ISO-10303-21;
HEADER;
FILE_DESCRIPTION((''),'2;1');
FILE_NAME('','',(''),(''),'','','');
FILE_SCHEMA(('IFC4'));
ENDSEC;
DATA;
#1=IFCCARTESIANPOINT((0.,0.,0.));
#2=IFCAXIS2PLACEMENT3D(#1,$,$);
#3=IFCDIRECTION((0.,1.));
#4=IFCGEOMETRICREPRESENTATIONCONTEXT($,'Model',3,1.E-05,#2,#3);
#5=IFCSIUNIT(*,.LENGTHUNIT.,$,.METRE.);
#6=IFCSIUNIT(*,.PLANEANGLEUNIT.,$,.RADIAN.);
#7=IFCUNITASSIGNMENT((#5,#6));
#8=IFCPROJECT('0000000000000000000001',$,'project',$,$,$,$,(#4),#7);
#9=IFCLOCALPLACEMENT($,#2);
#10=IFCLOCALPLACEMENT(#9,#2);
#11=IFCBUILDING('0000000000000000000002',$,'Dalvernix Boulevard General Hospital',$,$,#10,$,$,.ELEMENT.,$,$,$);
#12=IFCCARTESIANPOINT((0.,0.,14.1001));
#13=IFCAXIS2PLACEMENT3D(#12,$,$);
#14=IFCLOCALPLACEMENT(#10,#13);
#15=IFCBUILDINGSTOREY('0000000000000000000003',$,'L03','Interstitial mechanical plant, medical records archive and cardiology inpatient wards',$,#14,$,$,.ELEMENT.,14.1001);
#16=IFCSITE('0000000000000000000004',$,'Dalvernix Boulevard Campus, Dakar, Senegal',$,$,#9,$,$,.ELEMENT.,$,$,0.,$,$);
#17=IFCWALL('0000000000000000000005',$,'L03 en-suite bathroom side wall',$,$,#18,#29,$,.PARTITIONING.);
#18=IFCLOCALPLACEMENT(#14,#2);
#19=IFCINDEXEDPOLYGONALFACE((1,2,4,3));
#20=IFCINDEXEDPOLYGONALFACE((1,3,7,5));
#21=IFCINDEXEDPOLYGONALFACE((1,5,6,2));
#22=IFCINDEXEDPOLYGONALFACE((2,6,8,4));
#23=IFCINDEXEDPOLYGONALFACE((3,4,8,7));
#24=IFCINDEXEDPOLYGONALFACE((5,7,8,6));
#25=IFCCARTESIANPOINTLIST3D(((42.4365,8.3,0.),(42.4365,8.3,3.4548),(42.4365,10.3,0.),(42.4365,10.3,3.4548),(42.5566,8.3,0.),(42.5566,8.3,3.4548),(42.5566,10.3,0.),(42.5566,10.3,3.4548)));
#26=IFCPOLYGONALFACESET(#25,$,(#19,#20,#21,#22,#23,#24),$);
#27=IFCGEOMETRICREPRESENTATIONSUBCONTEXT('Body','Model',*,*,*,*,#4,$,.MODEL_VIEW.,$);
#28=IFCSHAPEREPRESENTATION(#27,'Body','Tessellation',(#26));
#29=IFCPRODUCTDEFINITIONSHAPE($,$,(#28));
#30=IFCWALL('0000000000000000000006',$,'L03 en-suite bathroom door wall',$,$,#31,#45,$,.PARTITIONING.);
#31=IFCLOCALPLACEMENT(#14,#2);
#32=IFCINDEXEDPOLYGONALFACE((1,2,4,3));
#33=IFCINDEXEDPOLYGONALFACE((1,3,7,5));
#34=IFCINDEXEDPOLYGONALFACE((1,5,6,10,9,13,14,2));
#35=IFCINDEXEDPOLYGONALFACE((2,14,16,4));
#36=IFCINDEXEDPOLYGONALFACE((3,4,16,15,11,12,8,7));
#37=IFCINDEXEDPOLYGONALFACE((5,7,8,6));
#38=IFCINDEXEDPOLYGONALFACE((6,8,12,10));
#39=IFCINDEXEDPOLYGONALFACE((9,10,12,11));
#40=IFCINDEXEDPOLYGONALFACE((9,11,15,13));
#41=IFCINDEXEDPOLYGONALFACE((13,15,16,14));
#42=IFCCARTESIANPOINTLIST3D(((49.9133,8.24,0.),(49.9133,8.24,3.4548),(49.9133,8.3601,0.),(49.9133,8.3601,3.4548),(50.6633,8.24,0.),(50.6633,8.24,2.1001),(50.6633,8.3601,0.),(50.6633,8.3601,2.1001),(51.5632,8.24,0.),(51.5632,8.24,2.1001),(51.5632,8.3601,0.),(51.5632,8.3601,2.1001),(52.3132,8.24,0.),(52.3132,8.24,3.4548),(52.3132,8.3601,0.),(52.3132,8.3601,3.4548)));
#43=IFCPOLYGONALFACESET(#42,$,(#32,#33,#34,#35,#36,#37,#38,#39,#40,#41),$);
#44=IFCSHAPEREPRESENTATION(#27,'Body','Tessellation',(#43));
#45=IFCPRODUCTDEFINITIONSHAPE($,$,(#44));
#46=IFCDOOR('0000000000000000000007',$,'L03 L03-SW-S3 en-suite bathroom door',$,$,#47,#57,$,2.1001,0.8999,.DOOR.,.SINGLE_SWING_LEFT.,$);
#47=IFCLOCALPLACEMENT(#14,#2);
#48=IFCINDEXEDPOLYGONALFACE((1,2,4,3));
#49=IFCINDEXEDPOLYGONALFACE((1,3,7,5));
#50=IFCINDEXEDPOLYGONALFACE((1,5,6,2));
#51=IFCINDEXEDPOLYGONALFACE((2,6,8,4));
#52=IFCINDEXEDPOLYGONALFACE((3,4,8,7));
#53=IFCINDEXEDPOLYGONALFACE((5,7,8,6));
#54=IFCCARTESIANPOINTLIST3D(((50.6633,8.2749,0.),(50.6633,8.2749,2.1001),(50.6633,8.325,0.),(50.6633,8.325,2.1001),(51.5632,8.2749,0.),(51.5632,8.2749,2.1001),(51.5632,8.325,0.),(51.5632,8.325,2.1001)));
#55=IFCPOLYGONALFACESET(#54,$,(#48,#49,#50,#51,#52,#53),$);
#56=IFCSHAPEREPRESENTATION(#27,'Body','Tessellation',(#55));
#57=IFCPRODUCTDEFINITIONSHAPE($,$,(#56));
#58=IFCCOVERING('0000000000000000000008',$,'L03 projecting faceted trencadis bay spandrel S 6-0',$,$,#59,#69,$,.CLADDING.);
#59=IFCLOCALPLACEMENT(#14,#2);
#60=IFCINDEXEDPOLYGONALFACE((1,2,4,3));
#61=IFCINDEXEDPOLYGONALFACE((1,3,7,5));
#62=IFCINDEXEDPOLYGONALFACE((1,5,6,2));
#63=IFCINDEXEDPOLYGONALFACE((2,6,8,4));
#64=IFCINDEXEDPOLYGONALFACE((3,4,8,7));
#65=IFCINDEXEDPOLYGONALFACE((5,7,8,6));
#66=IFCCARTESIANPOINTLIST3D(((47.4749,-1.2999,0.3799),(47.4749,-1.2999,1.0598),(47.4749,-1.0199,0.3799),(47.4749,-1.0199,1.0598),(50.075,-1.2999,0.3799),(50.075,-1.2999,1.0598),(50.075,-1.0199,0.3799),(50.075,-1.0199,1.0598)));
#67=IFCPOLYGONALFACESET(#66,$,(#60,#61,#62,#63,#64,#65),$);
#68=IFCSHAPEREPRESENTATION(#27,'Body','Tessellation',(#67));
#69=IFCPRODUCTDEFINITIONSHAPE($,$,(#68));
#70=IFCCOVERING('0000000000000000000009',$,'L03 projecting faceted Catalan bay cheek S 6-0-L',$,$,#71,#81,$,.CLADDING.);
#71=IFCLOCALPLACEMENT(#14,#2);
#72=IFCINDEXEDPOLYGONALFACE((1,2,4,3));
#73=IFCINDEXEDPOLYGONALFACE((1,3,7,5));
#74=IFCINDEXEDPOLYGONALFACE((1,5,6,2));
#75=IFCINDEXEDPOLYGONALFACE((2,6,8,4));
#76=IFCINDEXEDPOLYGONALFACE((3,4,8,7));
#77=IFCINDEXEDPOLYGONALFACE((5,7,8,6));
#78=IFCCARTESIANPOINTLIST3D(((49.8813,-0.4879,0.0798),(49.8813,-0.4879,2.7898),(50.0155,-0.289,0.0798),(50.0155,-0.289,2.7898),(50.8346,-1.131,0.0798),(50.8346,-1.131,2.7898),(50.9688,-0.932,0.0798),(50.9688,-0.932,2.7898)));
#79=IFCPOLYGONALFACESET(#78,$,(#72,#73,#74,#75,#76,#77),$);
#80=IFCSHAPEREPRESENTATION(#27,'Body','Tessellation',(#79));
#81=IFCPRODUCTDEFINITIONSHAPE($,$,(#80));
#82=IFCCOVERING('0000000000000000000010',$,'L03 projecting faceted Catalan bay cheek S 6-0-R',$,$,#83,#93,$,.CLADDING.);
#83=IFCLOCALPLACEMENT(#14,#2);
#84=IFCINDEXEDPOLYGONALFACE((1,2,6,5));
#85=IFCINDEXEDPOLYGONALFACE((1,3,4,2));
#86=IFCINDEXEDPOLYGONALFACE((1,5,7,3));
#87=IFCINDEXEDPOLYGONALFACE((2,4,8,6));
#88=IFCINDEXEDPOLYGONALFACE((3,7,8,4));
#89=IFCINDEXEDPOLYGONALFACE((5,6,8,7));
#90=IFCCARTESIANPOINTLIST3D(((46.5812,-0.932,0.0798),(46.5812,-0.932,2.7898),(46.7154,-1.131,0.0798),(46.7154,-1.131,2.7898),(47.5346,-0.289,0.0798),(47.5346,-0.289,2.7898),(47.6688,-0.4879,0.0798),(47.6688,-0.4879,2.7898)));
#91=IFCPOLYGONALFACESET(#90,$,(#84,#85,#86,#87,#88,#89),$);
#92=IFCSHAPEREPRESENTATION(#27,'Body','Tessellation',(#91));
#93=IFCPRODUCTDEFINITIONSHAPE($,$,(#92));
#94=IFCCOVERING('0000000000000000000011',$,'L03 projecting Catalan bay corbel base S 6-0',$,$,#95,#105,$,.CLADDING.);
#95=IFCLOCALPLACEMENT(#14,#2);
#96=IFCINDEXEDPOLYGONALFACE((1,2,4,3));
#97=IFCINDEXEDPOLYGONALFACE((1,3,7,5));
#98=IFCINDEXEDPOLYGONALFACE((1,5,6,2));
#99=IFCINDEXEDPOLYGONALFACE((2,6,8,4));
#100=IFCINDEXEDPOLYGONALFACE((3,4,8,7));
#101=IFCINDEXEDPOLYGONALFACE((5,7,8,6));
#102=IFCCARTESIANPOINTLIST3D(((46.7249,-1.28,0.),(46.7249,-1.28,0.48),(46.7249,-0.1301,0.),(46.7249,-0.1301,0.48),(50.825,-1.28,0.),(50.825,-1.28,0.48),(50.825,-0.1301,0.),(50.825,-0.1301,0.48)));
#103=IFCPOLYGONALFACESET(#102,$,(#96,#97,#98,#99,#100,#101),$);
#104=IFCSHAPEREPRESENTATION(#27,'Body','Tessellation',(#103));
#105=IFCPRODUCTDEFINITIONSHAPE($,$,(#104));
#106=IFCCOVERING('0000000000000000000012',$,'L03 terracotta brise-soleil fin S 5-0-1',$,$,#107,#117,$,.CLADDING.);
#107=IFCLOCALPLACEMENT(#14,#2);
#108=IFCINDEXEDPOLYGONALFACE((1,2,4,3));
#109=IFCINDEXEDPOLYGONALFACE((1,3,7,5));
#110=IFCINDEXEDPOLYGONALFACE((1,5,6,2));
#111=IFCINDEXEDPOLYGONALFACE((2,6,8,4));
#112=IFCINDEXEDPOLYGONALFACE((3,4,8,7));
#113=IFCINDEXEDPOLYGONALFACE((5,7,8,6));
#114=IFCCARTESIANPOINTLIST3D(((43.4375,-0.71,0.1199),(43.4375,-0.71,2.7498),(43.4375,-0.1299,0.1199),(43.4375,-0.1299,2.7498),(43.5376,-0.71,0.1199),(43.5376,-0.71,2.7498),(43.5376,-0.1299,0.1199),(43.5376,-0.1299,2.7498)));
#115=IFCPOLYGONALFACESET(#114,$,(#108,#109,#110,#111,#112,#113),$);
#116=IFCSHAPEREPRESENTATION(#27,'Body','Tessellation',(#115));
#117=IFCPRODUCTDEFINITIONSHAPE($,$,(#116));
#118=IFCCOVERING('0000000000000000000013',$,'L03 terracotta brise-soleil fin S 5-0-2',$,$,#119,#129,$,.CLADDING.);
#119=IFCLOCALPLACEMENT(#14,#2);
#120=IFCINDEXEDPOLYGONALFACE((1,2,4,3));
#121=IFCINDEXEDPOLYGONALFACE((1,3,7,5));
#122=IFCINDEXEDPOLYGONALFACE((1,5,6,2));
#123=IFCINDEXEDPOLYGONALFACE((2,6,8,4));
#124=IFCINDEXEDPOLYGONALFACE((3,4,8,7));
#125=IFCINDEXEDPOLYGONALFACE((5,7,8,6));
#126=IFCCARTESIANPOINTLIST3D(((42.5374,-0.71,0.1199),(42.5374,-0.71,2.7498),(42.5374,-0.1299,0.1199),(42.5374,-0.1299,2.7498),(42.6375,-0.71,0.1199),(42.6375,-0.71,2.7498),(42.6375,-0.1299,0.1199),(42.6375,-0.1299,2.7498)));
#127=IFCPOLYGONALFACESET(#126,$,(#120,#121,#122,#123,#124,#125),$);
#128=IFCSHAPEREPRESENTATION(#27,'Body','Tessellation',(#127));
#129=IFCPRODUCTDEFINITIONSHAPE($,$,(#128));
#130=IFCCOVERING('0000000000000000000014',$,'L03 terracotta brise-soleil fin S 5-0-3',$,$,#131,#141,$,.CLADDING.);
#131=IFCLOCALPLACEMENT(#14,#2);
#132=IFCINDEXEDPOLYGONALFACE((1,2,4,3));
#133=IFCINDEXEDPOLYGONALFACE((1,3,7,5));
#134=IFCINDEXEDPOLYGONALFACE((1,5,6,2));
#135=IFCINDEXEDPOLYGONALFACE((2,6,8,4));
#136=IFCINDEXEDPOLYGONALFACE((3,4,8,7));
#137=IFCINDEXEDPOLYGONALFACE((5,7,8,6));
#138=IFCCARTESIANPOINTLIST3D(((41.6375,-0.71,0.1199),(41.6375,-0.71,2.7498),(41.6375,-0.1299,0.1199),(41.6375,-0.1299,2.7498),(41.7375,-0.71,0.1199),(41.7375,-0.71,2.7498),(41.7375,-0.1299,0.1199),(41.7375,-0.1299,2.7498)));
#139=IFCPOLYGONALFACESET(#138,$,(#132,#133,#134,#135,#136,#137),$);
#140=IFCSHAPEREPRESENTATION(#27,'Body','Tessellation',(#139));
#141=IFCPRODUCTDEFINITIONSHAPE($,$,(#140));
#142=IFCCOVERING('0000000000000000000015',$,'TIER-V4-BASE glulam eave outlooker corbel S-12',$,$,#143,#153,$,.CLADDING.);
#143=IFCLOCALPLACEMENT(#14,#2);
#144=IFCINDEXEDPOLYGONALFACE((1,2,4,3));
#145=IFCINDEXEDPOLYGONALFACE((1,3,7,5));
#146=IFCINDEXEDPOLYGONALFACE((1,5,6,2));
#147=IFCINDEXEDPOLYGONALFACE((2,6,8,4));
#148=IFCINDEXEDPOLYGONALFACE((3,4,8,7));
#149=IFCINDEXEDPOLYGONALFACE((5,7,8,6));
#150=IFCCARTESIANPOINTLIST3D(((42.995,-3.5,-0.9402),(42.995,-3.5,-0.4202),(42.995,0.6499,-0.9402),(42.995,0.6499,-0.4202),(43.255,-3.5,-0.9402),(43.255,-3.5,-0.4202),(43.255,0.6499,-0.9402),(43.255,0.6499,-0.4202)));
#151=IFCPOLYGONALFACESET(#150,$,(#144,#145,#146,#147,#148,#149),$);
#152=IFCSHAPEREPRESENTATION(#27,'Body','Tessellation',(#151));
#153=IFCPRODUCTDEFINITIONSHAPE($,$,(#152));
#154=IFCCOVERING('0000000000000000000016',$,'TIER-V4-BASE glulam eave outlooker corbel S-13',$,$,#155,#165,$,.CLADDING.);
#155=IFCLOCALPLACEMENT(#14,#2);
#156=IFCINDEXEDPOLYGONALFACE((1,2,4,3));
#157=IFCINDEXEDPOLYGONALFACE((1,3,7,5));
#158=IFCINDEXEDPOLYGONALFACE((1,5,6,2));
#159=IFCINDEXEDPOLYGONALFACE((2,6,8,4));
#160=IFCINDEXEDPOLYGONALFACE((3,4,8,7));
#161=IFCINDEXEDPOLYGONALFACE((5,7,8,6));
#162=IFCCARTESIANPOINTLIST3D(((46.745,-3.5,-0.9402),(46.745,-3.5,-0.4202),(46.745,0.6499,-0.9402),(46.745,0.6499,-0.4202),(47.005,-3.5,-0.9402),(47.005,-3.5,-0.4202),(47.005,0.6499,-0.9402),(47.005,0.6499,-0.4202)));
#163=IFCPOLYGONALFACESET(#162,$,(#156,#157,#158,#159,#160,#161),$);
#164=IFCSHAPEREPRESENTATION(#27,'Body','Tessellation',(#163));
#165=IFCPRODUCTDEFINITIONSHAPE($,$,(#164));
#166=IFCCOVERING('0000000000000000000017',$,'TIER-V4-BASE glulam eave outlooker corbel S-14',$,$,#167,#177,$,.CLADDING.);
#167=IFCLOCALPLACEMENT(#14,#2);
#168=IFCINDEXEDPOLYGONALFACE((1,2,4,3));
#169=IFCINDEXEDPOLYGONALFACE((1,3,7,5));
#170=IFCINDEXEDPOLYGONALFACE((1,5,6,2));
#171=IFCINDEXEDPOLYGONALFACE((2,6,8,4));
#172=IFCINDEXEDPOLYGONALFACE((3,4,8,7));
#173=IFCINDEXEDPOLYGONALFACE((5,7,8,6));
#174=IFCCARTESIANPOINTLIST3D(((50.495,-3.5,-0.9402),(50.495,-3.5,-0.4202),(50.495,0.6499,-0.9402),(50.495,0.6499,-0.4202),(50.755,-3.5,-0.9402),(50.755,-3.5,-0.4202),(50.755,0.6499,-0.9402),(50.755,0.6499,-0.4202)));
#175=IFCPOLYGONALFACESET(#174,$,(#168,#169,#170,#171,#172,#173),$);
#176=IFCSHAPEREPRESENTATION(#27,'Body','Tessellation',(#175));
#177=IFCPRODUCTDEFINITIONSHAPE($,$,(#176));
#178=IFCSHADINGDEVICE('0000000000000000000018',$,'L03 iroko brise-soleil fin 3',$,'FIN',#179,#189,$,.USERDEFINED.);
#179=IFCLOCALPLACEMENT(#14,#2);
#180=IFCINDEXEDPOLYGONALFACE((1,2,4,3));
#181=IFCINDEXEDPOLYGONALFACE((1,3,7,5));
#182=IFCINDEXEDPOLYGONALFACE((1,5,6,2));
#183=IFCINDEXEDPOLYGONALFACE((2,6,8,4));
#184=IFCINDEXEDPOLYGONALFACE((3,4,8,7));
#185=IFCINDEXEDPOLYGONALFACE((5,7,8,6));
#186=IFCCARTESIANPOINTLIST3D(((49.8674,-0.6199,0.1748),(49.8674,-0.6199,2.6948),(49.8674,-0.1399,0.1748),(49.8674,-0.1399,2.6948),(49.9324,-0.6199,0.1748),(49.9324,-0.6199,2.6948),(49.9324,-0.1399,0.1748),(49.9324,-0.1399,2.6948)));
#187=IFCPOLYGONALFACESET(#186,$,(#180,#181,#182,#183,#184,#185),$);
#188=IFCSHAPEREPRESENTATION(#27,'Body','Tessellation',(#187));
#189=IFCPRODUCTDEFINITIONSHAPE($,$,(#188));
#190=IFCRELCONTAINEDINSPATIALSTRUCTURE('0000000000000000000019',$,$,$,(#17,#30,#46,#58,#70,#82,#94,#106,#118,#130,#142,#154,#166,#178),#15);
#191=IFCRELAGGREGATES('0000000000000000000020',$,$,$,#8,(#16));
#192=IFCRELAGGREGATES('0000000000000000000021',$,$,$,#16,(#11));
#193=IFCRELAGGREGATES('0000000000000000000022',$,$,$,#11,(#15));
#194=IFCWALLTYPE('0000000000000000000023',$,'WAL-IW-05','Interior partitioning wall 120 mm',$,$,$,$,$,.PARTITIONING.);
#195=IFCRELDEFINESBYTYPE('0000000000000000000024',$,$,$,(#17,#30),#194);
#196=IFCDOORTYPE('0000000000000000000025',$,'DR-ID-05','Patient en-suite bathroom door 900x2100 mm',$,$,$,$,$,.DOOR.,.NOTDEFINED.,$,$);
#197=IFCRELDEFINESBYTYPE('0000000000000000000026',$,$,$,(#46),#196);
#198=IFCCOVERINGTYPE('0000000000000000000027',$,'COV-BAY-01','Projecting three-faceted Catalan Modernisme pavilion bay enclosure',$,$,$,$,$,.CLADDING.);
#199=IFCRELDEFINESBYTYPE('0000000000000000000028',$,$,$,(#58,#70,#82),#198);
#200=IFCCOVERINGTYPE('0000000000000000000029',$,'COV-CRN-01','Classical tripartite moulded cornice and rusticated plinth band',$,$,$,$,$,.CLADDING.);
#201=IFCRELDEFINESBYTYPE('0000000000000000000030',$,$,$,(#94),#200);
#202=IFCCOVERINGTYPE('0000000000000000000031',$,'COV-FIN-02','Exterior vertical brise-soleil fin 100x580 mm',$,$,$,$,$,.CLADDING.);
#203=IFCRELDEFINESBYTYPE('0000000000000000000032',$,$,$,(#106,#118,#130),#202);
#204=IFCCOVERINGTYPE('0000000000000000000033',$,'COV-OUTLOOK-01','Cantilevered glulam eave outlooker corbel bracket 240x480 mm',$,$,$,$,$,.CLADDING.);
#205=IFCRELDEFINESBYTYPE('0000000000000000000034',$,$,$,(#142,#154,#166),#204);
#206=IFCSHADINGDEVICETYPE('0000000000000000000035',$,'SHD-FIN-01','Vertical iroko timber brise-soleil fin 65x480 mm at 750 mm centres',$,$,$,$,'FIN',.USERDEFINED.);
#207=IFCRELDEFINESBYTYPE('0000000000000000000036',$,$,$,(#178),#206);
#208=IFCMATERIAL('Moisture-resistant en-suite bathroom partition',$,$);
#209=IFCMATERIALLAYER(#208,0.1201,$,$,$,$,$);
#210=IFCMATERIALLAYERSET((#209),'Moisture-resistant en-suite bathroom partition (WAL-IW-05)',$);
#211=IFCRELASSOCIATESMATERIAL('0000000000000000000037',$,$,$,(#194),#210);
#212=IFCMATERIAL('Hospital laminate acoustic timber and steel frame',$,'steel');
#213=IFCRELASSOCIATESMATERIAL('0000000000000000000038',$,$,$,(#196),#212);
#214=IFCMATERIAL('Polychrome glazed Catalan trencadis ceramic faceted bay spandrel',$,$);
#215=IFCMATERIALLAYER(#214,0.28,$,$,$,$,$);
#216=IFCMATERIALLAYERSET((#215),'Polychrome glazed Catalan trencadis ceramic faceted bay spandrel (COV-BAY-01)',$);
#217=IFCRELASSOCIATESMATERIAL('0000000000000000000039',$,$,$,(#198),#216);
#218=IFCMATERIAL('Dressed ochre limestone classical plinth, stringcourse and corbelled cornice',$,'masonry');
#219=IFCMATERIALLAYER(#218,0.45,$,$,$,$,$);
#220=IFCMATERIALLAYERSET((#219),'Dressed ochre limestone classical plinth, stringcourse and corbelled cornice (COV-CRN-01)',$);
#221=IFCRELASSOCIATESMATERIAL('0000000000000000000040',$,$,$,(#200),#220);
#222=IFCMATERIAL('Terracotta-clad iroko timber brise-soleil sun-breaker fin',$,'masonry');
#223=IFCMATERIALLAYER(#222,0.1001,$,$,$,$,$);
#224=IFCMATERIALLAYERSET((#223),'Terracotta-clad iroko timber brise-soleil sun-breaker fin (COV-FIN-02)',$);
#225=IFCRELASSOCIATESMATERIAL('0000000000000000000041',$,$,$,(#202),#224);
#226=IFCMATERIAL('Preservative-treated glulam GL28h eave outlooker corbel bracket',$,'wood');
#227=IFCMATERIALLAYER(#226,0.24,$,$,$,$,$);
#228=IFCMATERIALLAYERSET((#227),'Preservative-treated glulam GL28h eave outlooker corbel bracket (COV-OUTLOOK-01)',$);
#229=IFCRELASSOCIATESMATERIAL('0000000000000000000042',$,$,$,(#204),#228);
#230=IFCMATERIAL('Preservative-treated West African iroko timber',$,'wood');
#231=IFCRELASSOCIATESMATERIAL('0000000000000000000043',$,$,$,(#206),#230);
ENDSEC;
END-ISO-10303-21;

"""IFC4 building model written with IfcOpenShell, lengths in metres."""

from ifc_helpers import new_model, si_unit, direction, frame, frame_2d, origin, origin_2d, place, context, subcontext, project, spatial, rectangle, extrude, material, layer, layer_set, type_object, element, fill, save


model = new_model("IFC4")

# Units and contexts
model_context = context("Model", 3, precision=1e-05, world=origin(), true_north=direction((0.0, 1.0)))
body_context = subcontext(model_context, "Body", "Model", "MODEL_VIEW")
ifc_project = project(units=[si_unit("LENGTHUNIT", "METRE"), si_unit("PLANEANGLEUNIT", "RADIAN")], contexts=[model_context])

# Site, building, storey
site_placement = place(None, origin())
site = spatial("IfcSite", under=ifc_project, at=site_placement, Name="Dalvernix Boulevard Campus, Dakar, Senegal", CompositionType="ELEMENT", RefElevation=0.0)
building_placement = place(site_placement, origin())
building = spatial("IfcBuilding", under=site, at=building_placement, Name="Dalvernix Boulevard General Hospital", CompositionType="ELEMENT")
storey_placement = place(building_placement, frame((0.0, 0.0, 14.1001)))
storey = spatial("IfcBuildingStorey", under=building, at=storey_placement, Name="L03", Description="Interstitial mechanical plant, medical records archive and cardiology inpatient wards", CompositionType="ELEMENT", Elevation=14.1001)

# Shared definitions
ifc_material_1 = material(Name="Hospital laminate acoustic timber and steel frame", Category="steel")

# Wall
ifc_material_2 = material(Name="Moisture-resistant en-suite bathroom partition")
ifc_layer_1 = layer(ifc_material_2, 0.1201)
ifc_layer_set_1 = layer_set([ifc_layer_1], Name="Moisture-resistant en-suite bathroom partition (WAL-IW-05)")
wall_type_1 = type_object("IfcWallType", Name="WAL-IW-05", Description="Interior partitioning wall 120 mm", PredefinedType="PARTITIONING", material=ifc_layer_set_1)
wall_1_placement = place(storey_placement, frame((42.4966, 8.3, 0.0), z_axis=(0.0, 0.0, 1.0), x_axis=(0.0, 1.0, 0.0)))
element("IfcWall", 1, at=wall_1_placement, inside=storey, type_object=wall_type_1, Name="L03 en-suite bathroom side wall", PredefinedType="PARTITIONING", context=body_context, shape_type="SweptSolid", body=[
    extrude(rectangle(XDim=2.0, YDim=0.1201, at=frame_2d((1.0, 0.0))), origin(), (0.0, 0.0, 1.0), 3.4548),
])

# Wall, opening, door
wall_2_placement = place(storey_placement, frame((49.9133, 8.3, 0.0), z_axis=(0.0, 0.0, 1.0), x_axis=(1.0, 0.0, 0.0)))
wall_2 = element("IfcWall", 2, at=wall_2_placement, inside=storey, type_object=wall_type_1, Name="L03 en-suite bathroom door wall", PredefinedType="PARTITIONING", context=body_context, shape_type="SweptSolid", body=[
    extrude(rectangle(XDim=2.3999, YDim=0.1201, at=frame_2d((1.2, 0.0))), origin(), (0.0, 0.0, 1.0), 3.4548),
])
opening_1_placement = place(wall_2_placement, frame((0.75, 0.0, 0.0)))
opening_1 = element("IfcOpeningElement", 3, at=opening_1_placement, cuts=wall_2, PredefinedType="OPENING", context=body_context, shape_type="SweptSolid", body=[
    extrude(rectangle(XDim=0.8999, YDim=2.1001, at=frame_2d((0.45, 1.05))), frame((0.0, 0.0701, 0.0), z_axis=(0.0, -1.0, 0.0), x_axis=(1.0, 0.0, 0.0)), (0.0, 0.0, 1.0), 0.1401),
])
door_type_1 = type_object("IfcDoorType", Name="DR-ID-05", Description="Patient en-suite bathroom door 900x2100 mm", OperationType="NOTDEFINED", PredefinedType="DOOR", material=ifc_material_1)
door_1_placement = place(opening_1_placement, origin())
door_1 = element("IfcDoor", 4, at=door_1_placement, inside=storey, type_object=door_type_1, Name="L03 L03-SW-S3 en-suite bathroom door", OperationType="SINGLE_SWING_LEFT", OverallHeight=2.1001, OverallWidth=0.8999, PredefinedType="DOOR", context=body_context, shape_type="SweptSolid", body=[
    extrude(rectangle(XDim=0.8999, YDim=2.1001, at=frame_2d((0.45, 1.05))), frame((0.0, 0.0249, 0.0), z_axis=(0.0, -1.0, 0.0), x_axis=(1.0, 0.0, 0.0)), (0.0, 0.0, 1.0), 0.05),
])
fill(opening_1, door_1)

# Coverings
ifc_material_3 = material(Name="Polychrome glazed Catalan trencadis ceramic faceted bay spandrel")
ifc_layer_2 = layer(ifc_material_3, 0.28)
ifc_layer_set_2 = layer_set([ifc_layer_2], Name="Polychrome glazed Catalan trencadis ceramic faceted bay spandrel (COV-BAY-01)")
covering_type_1 = type_object("IfcCoveringType", Name="COV-BAY-01", Description="Projecting three-faceted Catalan Modernisme pavilion bay enclosure", PredefinedType="CLADDING", material=ifc_layer_set_2)
covering_1_placement = place(storey_placement, frame((48.7749, -1.1599, 0.3799), z_axis=(0.0, 0.0, 1.0), x_axis=(-1.0, 0.0, 0.0)))
element("IfcCovering", 5, at=covering_1_placement, inside=storey, type_object=covering_type_1, Name="L03 projecting faceted trencadis bay spandrel S 6-0", PredefinedType="CLADDING", context=body_context, shape_type="SweptSolid", body=[
    extrude(rectangle(XDim=2.6001, YDim=0.28, at=origin_2d()), origin(), (0.0, 0.0, 1.0), 0.6799),
])
for number, where, z_axis, x_axis, name in (
    (6, (50.425, -0.71, 0.0798), (0.0, 0.0, 1.0), (-0.829038, 0.559193, 0.0), "L03 projecting faceted Catalan bay cheek S 6-0-L"),
    (7, (47.125, -0.71, 0.0798), (0.0, 0.0, 1.0), (-0.829038, -0.559193, 0.0), "L03 projecting faceted Catalan bay cheek S 6-0-R"),
):
    element("IfcCovering", number, at=place(storey_placement, frame(where, z_axis=z_axis, x_axis=x_axis)), inside=storey, type_object=covering_type_1, Name=name, PredefinedType="CLADDING", context=body_context, shape_type="SweptSolid", body=[
        extrude(rectangle(XDim=1.1499, YDim=0.24, at=origin_2d()), origin(), (0.0, 0.0, 1.0), 2.71),
    ])
ifc_material_4 = material(Name="Dressed ochre limestone classical plinth, stringcourse and corbelled cornice", Category="masonry")
ifc_layer_3 = layer(ifc_material_4, 0.45)
ifc_layer_set_3 = layer_set([ifc_layer_3], Name="Dressed ochre limestone classical plinth, stringcourse and corbelled cornice (COV-CRN-01)")
covering_type_2 = type_object("IfcCoveringType", Name="COV-CRN-01", Description="Classical tripartite moulded cornice and rusticated plinth band", PredefinedType="CLADDING", material=ifc_layer_set_3)
covering_2_placement = place(storey_placement, frame((48.7749, -0.7051, 0.0), z_axis=(0.0, 0.0, 1.0), x_axis=(-1.0, 0.0, 0.0)))
element("IfcCovering", 8, at=covering_2_placement, inside=storey, type_object=covering_type_2, Name="L03 projecting Catalan bay corbel base S 6-0", PredefinedType="CLADDING", context=body_context, shape_type="SweptSolid", body=[
    extrude(rectangle(XDim=4.1001, YDim=1.1499, at=origin_2d()), origin(), (0.0, 0.0, 1.0), 0.48),
])
ifc_material_5 = material(Name="Terracotta-clad iroko timber brise-soleil sun-breaker fin", Category="masonry")
ifc_layer_4 = layer(ifc_material_5, 0.1001)
ifc_layer_set_4 = layer_set([ifc_layer_4], Name="Terracotta-clad iroko timber brise-soleil sun-breaker fin (COV-FIN-02)")
covering_type_3 = type_object("IfcCoveringType", Name="COV-FIN-02", Description="Exterior vertical brise-soleil fin 100x580 mm", PredefinedType="CLADDING", material=ifc_layer_set_4)
for number, where, z_axis, x_axis, name in (
    (9, (43.4875, -0.4199, 0.1199), (0.0, 0.0, 1.0), (-1.0, 0.0, 0.0), "L03 terracotta brise-soleil fin S 5-0-1"),
    (10, (42.5874, -0.4199, 0.1199), (0.0, 0.0, 1.0), (-1.0, 0.0, 0.0), "L03 terracotta brise-soleil fin S 5-0-2"),
    (11, (41.6875, -0.4199, 0.1199), (0.0, 0.0, 1.0), (-1.0, 0.0, 0.0), "L03 terracotta brise-soleil fin S 5-0-3"),
):
    element("IfcCovering", number, at=place(storey_placement, frame(where, z_axis=z_axis, x_axis=x_axis)), inside=storey, type_object=covering_type_3, Name=name, PredefinedType="CLADDING", context=body_context, shape_type="SweptSolid", body=[
        extrude(rectangle(XDim=0.1001, YDim=0.5801, at=origin_2d()), origin(), (0.0, 0.0, 1.0), 2.6299),
    ])
ifc_material_6 = material(Name="Preservative-treated glulam GL28h eave outlooker corbel bracket", Category="wood")
ifc_layer_5 = layer(ifc_material_6, 0.24)
ifc_layer_set_5 = layer_set([ifc_layer_5], Name="Preservative-treated glulam GL28h eave outlooker corbel bracket (COV-OUTLOOK-01)")
covering_type_4 = type_object("IfcCoveringType", Name="COV-OUTLOOK-01", Description="Cantilevered glulam eave outlooker corbel bracket 240x480 mm", PredefinedType="CLADDING", material=ifc_layer_set_5)
for number, where, z_axis, x_axis, name in (
    (12, (43.125, -1.425, -0.9402), (0.0, 0.0, 1.0), (1.0, 0.0, 0.0), "TIER-V4-BASE glulam eave outlooker corbel S-12"),
    (13, (46.875, -1.425, -0.9402), (0.0, 0.0, 1.0), (1.0, 0.0, 0.0), "TIER-V4-BASE glulam eave outlooker corbel S-13"),
    (14, (50.625, -1.425, -0.9402), (0.0, 0.0, 1.0), (1.0, 0.0, 0.0), "TIER-V4-BASE glulam eave outlooker corbel S-14"),
):
    element("IfcCovering", number, at=place(storey_placement, frame(where, z_axis=z_axis, x_axis=x_axis)), inside=storey, type_object=covering_type_4, Name=name, PredefinedType="CLADDING", context=body_context, shape_type="SweptSolid", body=[
        extrude(rectangle(XDim=0.26, YDim=4.1499, at=origin_2d()), origin(), (0.0, 0.0, 1.0), 0.52),
    ])

# Shading device
ifc_material_7 = material(Name="Preservative-treated West African iroko timber", Category="wood")
shading_device_type = type_object("IfcShadingDeviceType", Name="SHD-FIN-01", Description="Vertical iroko timber brise-soleil fin 65x480 mm at 750 mm centres", ElementType="FIN", PredefinedType="USERDEFINED", material=ifc_material_7)
for number, where, z_axis, x_axis, name in (
    (15, (49.8999, -0.3799, 0.1748), (0.0, 0.0, 1.0), (-1.0, 0.0, 0.0), "L03 iroko brise-soleil fin 3"),
):
    element("IfcShadingDevice", number, at=place(storey_placement, frame(where, z_axis=z_axis, x_axis=x_axis)), inside=storey, type_object=shading_device_type, Name=name, ObjectType="FIN", PredefinedType="USERDEFINED", context=body_context, shape_type="SweptSolid", body=[
        extrude(rectangle(XDim=0.0649, YDim=0.48, at=origin_2d()), origin(), (0.0, 0.0, 1.0), 2.52),
    ])

save(model, "model.ifc")
